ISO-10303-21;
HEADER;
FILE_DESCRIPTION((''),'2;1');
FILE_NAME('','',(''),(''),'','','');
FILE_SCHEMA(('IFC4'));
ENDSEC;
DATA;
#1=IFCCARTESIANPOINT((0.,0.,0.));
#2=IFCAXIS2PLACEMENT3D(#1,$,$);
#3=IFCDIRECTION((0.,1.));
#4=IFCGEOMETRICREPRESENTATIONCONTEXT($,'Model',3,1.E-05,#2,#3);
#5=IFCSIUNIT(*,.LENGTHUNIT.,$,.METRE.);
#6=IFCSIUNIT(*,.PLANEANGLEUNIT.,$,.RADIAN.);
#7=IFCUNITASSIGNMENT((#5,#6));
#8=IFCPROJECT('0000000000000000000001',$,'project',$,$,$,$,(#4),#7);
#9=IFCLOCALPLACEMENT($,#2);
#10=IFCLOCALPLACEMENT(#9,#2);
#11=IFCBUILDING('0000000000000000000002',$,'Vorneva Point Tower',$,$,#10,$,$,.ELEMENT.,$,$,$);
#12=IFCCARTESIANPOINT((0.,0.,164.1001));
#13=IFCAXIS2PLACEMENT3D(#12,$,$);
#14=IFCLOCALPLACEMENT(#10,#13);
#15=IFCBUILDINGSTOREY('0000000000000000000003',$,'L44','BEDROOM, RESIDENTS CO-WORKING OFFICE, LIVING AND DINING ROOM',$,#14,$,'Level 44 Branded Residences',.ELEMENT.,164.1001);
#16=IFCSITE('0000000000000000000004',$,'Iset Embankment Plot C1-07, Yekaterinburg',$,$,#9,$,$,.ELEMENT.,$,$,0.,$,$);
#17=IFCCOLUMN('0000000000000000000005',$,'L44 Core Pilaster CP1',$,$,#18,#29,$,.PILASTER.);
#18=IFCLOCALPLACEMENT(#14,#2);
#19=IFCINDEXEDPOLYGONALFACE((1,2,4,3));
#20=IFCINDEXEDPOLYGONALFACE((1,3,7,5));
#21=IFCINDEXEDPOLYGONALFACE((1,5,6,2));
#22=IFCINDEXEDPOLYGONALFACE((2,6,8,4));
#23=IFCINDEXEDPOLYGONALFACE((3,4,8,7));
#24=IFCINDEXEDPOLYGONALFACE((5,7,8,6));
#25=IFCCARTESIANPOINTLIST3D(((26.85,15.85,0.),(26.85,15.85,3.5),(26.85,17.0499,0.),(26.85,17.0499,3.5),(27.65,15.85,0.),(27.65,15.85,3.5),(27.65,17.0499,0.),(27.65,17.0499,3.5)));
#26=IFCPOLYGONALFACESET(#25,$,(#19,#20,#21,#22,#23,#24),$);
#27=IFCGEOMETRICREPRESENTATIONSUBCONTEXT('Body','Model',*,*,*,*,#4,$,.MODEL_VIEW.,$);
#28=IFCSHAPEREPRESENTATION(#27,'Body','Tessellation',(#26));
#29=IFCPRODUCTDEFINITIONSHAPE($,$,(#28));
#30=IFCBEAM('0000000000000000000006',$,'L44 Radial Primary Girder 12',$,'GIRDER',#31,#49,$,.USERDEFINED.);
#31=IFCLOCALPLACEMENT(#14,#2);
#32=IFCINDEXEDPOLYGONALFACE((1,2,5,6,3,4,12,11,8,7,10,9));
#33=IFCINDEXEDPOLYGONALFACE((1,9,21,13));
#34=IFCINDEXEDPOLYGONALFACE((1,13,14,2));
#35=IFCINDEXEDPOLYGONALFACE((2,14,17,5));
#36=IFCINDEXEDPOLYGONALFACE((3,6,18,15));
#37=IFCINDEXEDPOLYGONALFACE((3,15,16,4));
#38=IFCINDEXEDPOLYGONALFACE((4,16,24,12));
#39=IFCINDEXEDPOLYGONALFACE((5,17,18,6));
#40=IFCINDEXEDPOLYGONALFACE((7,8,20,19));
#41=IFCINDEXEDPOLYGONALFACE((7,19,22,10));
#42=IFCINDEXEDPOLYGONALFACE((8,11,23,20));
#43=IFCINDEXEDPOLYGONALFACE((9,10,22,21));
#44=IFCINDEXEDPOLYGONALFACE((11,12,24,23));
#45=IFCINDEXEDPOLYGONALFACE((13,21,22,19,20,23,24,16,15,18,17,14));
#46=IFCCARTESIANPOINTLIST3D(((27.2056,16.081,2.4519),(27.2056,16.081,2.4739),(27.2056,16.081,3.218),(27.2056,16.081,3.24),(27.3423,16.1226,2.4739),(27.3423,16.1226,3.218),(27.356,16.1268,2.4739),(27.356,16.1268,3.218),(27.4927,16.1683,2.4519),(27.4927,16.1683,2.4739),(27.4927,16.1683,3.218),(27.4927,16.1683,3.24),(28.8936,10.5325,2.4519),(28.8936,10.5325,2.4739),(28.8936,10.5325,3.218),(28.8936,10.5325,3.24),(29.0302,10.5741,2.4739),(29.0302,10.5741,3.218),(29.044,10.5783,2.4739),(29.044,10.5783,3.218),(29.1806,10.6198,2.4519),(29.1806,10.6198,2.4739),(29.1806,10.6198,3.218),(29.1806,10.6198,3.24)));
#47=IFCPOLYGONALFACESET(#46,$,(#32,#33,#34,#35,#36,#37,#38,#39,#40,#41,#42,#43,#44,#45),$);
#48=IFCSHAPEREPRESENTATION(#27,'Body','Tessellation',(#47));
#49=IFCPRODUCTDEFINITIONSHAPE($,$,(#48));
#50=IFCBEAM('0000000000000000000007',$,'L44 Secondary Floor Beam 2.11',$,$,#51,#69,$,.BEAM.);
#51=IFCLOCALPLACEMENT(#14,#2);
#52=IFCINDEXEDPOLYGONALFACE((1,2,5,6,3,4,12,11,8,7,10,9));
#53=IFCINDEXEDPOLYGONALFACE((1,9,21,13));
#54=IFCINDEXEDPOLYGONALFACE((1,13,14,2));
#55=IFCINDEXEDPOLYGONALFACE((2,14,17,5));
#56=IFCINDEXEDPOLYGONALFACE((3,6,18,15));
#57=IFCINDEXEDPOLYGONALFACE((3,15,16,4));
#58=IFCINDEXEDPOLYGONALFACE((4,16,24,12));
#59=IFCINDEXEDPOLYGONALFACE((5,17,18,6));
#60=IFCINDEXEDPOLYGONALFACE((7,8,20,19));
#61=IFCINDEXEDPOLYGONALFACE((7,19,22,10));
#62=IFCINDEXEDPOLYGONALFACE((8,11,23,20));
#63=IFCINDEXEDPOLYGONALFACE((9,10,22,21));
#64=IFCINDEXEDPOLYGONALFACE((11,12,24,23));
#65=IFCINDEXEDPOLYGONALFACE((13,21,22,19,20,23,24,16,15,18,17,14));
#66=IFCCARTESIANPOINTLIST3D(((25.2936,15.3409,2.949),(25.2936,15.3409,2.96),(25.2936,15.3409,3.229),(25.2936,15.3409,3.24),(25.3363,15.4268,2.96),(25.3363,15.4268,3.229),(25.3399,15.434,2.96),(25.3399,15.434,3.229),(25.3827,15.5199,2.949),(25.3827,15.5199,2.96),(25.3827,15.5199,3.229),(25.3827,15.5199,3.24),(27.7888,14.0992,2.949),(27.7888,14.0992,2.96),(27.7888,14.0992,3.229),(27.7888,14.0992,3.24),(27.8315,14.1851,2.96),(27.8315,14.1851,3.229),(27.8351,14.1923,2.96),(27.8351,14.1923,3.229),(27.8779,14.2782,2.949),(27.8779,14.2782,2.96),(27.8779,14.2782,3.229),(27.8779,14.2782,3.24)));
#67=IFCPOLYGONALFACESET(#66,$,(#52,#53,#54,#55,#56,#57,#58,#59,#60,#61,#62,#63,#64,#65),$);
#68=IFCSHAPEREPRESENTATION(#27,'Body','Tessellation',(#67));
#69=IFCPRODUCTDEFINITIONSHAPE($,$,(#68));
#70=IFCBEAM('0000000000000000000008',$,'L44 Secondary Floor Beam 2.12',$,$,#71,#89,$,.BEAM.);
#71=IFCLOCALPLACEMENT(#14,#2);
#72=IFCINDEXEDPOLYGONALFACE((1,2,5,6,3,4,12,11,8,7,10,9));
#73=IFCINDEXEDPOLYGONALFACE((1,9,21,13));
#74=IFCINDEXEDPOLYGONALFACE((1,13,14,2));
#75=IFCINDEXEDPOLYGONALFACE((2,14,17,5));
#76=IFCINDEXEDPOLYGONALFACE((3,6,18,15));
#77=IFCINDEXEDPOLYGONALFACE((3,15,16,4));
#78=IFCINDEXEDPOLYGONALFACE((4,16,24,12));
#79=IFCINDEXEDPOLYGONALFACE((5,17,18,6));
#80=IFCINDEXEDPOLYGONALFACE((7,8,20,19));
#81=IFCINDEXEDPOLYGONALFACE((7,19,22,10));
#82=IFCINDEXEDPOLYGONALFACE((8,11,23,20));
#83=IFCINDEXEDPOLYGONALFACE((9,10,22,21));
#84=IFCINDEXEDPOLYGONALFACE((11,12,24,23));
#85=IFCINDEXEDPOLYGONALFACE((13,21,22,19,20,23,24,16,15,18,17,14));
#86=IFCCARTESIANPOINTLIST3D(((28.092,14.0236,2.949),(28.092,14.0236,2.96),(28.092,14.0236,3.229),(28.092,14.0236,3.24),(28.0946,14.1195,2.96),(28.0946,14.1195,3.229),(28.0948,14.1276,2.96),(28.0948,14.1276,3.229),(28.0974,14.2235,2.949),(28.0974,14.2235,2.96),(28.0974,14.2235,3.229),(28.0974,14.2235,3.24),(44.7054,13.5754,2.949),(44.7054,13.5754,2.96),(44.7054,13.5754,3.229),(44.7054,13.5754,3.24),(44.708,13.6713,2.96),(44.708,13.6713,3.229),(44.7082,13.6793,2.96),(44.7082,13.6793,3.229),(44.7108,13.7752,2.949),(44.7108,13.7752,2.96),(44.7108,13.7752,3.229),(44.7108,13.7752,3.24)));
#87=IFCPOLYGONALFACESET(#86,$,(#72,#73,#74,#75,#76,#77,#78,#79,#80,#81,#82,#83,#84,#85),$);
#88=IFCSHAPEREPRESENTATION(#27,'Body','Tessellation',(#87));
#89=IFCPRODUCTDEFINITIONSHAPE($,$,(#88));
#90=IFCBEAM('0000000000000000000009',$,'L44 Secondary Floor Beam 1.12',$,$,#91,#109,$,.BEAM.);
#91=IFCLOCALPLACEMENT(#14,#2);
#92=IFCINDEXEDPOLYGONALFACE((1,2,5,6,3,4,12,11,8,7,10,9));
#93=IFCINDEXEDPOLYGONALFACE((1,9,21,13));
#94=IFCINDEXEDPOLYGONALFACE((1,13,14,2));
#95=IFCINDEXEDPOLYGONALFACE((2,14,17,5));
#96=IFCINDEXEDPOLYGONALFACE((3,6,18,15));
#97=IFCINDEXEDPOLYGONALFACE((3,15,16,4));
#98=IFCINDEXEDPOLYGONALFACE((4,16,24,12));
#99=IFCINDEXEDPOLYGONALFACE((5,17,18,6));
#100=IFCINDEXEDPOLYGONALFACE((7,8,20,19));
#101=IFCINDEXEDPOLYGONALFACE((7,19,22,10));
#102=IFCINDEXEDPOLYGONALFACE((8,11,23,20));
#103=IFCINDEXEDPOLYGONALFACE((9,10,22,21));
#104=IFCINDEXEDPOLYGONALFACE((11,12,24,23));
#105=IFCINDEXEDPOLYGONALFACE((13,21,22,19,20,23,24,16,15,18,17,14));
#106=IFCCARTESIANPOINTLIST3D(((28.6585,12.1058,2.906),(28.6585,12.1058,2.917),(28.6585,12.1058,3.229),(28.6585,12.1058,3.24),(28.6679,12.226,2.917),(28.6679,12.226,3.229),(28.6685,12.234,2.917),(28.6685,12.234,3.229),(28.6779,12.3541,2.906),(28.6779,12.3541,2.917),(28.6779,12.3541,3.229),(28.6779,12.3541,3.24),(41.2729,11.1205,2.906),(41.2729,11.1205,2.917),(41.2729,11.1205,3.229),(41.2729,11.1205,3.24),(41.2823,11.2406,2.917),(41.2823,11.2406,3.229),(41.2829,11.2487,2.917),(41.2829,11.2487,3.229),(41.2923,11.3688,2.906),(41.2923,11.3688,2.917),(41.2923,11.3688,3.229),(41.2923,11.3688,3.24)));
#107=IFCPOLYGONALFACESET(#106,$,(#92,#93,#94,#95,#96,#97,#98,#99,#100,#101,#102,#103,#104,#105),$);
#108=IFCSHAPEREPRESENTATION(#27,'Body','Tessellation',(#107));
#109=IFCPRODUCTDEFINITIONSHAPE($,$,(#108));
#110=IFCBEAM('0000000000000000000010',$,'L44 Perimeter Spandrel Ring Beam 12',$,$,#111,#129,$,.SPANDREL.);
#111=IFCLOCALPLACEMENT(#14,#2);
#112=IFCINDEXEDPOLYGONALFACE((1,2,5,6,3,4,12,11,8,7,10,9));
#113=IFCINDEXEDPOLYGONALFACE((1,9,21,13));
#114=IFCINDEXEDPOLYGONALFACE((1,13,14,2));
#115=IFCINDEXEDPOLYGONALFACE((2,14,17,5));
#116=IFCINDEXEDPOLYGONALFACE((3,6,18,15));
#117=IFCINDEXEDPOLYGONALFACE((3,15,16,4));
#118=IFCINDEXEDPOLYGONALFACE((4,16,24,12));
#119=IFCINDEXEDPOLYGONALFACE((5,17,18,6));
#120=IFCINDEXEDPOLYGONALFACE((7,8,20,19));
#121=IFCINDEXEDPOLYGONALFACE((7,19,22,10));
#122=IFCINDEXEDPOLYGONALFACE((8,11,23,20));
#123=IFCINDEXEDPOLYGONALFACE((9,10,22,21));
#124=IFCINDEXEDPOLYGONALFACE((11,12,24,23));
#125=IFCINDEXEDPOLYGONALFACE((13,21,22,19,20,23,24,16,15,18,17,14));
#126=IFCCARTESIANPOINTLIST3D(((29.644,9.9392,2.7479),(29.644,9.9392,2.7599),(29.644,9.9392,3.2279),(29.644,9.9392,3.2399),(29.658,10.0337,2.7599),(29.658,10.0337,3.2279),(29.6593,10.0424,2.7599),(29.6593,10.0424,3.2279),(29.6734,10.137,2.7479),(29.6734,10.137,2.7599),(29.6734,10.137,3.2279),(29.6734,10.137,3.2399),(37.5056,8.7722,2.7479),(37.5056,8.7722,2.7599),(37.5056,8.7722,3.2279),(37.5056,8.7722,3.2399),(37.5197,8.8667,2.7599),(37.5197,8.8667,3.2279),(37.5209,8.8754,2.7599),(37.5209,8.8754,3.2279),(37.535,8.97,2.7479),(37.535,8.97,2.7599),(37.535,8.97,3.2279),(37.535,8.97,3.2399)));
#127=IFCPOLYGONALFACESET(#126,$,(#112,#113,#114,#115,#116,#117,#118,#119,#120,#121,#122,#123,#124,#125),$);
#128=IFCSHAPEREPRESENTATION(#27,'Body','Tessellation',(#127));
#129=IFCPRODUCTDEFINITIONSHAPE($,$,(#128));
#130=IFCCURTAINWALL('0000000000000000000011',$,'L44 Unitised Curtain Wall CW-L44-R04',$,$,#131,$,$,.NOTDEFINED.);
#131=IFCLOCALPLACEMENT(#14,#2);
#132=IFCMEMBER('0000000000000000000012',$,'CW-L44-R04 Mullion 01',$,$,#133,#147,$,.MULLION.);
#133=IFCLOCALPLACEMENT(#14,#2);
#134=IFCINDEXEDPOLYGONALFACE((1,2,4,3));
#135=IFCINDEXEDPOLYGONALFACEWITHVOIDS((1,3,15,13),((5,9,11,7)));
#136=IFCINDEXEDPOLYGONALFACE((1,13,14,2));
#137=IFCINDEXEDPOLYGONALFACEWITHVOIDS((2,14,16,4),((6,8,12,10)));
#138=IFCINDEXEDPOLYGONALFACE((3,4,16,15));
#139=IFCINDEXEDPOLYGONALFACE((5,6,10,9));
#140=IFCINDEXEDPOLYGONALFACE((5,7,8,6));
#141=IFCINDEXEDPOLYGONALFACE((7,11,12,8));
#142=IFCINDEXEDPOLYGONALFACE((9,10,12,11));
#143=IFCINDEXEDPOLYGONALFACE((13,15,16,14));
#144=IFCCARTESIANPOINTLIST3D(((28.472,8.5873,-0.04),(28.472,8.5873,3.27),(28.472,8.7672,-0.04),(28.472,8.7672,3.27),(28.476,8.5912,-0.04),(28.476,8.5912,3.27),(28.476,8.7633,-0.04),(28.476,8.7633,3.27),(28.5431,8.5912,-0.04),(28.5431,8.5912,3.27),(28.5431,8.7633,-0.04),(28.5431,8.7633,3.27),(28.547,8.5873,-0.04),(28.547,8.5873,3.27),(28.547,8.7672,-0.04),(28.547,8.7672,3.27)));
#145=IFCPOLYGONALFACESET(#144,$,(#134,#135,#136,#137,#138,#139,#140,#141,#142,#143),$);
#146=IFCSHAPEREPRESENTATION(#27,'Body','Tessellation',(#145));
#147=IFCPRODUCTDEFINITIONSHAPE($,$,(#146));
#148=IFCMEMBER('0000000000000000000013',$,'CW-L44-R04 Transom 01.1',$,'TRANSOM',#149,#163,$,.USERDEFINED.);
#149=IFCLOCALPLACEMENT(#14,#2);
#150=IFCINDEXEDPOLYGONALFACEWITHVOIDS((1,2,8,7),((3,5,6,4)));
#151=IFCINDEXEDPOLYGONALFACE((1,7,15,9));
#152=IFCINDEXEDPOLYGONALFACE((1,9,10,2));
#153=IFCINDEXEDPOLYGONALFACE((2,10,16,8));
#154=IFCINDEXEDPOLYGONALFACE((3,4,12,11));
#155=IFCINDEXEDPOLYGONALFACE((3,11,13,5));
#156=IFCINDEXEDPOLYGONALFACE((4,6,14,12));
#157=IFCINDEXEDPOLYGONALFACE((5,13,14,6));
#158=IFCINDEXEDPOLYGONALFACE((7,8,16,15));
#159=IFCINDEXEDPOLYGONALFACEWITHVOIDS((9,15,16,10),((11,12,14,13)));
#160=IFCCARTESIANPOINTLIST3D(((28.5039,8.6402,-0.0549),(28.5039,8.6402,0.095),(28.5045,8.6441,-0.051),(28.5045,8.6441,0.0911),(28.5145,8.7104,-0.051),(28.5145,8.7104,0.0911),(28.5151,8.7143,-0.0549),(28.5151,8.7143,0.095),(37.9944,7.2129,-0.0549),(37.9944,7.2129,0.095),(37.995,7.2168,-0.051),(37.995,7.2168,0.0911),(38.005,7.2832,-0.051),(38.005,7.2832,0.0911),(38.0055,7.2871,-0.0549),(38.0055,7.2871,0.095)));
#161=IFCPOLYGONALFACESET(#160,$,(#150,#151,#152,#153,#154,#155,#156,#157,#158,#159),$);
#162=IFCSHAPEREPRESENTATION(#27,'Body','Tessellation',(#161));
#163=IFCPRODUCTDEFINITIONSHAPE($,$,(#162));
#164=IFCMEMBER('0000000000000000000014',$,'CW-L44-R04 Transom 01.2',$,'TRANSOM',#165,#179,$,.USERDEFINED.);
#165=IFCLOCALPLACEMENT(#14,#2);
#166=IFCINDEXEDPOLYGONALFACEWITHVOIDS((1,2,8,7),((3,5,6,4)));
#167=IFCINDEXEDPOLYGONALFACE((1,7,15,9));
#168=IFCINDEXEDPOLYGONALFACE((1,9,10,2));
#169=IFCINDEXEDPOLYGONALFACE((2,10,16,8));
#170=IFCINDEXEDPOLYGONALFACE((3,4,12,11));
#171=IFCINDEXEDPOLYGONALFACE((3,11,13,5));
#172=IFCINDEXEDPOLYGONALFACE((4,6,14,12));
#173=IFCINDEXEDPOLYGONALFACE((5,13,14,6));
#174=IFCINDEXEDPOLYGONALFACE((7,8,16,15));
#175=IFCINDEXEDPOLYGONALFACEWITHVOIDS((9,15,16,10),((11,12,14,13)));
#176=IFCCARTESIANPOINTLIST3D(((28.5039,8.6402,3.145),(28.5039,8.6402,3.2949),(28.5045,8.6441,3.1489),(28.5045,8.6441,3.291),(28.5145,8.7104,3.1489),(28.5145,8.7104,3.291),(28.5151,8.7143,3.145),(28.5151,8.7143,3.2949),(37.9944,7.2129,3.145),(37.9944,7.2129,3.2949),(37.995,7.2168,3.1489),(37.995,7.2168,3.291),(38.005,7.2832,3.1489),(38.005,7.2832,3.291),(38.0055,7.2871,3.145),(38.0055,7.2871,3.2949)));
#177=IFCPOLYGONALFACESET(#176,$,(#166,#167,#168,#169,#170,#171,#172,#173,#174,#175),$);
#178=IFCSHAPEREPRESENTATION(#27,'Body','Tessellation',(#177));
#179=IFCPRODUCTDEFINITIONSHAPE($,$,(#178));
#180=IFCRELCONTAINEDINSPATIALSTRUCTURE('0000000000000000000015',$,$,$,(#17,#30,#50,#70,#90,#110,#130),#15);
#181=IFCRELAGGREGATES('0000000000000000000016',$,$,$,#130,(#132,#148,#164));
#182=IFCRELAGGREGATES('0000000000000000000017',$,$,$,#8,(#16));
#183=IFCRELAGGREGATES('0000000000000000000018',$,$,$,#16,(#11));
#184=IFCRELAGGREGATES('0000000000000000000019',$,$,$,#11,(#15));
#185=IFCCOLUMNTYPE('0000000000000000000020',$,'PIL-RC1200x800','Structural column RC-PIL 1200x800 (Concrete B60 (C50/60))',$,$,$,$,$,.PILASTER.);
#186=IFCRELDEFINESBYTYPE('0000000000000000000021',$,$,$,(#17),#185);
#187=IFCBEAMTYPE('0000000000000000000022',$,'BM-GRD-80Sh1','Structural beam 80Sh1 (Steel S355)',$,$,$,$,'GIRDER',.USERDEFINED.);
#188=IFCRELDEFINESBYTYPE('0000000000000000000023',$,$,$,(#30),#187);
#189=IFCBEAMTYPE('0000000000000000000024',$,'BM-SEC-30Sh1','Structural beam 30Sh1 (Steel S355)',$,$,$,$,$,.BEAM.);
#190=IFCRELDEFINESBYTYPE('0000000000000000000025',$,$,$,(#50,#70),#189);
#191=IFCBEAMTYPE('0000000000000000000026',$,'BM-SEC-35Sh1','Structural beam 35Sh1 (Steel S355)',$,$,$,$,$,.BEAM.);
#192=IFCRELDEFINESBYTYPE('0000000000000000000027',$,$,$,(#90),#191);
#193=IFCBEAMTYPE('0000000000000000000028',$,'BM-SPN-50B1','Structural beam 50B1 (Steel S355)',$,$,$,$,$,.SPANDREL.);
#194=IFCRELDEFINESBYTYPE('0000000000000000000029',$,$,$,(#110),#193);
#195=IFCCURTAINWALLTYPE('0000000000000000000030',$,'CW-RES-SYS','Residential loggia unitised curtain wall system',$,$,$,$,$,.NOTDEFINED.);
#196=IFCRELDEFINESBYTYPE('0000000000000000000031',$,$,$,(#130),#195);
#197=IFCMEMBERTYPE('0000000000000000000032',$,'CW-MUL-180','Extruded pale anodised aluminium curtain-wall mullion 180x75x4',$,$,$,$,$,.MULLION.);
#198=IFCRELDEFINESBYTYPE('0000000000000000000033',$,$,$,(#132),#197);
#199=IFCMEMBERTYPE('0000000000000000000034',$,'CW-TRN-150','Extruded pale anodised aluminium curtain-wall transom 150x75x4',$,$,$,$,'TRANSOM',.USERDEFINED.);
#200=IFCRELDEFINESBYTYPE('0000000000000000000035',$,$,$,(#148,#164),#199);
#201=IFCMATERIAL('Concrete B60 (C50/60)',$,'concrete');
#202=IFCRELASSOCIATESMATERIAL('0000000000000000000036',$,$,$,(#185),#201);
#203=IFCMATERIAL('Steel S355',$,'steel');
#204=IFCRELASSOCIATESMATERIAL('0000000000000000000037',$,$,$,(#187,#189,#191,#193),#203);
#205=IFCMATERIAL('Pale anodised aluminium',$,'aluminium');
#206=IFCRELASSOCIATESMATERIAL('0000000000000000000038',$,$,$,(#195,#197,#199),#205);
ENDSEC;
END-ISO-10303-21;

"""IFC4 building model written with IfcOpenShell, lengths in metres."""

from ifc_helpers import new_model, si_unit, direction, frame, origin, origin_2d, place, context, subcontext, project, spatial, rectangle, hollow_rectangle, i_section, extrude, material, material_profile, profile_set, type_object, element, aggregate, save


model = new_model("IFC4")

# Units and contexts
model_context = context("Model", 3, precision=1e-05, world=origin(), true_north=direction((0.0, 1.0)))
body_context = subcontext(model_context, "Body", "Model", "MODEL_VIEW")
ifc_project = project(units=[si_unit("LENGTHUNIT", "METRE"), si_unit("PLANEANGLEUNIT", "RADIAN")], contexts=[model_context])

# Site, building, storey
site_placement = place(None, origin())
site = spatial("IfcSite", under=ifc_project, at=site_placement, Name="Iset Embankment Plot C1-07, Yekaterinburg", CompositionType="ELEMENT", RefElevation=0.0)
building_placement = place(site_placement, origin())
building = spatial("IfcBuilding", under=site, at=building_placement, Name="Vorneva Point Tower", CompositionType="ELEMENT")
storey_placement = place(building_placement, frame((0.0, 0.0, 164.1001)))
storey = spatial("IfcBuildingStorey", under=building, at=storey_placement, Name="L44", Description="BEDROOM, RESIDENTS CO-WORKING OFFICE, LIVING AND DINING ROOM", LongName="Level 44 Branded Residences", CompositionType="ELEMENT", Elevation=164.1001)

# Column
ifc_material_1 = material(Name="Concrete B60 (C50/60)", Category="concrete")
ifc_material_profile_1 = material_profile(ifc_material_1, rectangle(XDim=0.8, YDim=1.2, at=origin_2d()), Name="RC-PIL 1200x800")
ifc_profile_set_1 = profile_set([ifc_material_profile_1], Name="Concrete B60 (C50/60)")
column_type_1 = type_object("IfcColumnType", Name="PIL-RC1200x800", Description="Structural column RC-PIL 1200x800 (Concrete B60 (C50/60))", PredefinedType="PILASTER", material=ifc_profile_set_1)
column_1_placement = place(storey_placement, frame((27.25, 16.45, 0.0), z_axis=(0.0, 0.0, 1.0), x_axis=(1.0, 0.0, 0.0)))
element("IfcColumn", 1, at=column_1_placement, inside=storey, type_object=column_type_1, Name="L44 Core Pilaster CP1", PredefinedType="PILASTER", context=body_context, shape_type="SweptSolid", body=[
    extrude(rectangle(XDim=0.8, YDim=1.2, at=origin_2d()), origin(), (0.0, 0.0, 1.0), 3.5),
])

# Beams
ifc_material_2 = material(Name="Steel S355", Category="steel")
ifc_material_profile_2 = material_profile(ifc_material_2, i_section(OverallWidth=0.3, OverallDepth=0.7881, WebThickness=0.0144, FlangeThickness=0.022, at=origin_2d()), Name="80Sh1")
ifc_profile_set_2 = profile_set([ifc_material_profile_2], Name="Steel S355")
beam_type_1 = type_object("IfcBeamType", Name="BM-GRD-80Sh1", Description="Structural beam 80Sh1 (Steel S355)", ElementType="GIRDER", PredefinedType="USERDEFINED", material=ifc_profile_set_2)
beam_1_placement = place(storey_placement, frame((29.0371, 10.5762, 2.8459), z_axis=(-0.291049, 0.956708, 0.0), x_axis=(-0.956708, -0.291049, 0.0)))
element("IfcBeam", 2, at=beam_1_placement, inside=storey, type_object=beam_type_1, Name="L44 Radial Primary Girder 12", ObjectType="GIRDER", PredefinedType="USERDEFINED", context=body_context, shape_type="SweptSolid", body=[
    extrude(i_section(OverallWidth=0.3, OverallDepth=0.7881, WebThickness=0.0144, FlangeThickness=0.022, at=origin_2d()), origin(), (0.0, 0.0, 1.0), 5.7996),
])
ifc_material_profile_3 = material_profile(ifc_material_2, i_section(OverallWidth=0.2, OverallDepth=0.291, WebThickness=0.0081, FlangeThickness=0.011, at=origin_2d()), Name="30Sh1")
ifc_profile_set_3 = profile_set([ifc_material_profile_3], Name="Steel S355")
beam_type_2 = type_object("IfcBeamType", Name="BM-SEC-30Sh1", Description="Structural beam 30Sh1 (Steel S355)", PredefinedType="BEAM", material=ifc_profile_set_3)
beam_2_placement = place(storey_placement, frame((25.3381, 15.4304, 3.0945), z_axis=(0.895267, -0.445531, 0.0), x_axis=(0.445531, 0.895267, 0.0)))
element("IfcBeam", 3, at=beam_2_placement, inside=storey, type_object=beam_type_2, Name="L44 Secondary Floor Beam 2.11", PredefinedType="BEAM", context=body_context, shape_type="SweptSolid", body=[
    extrude(i_section(OverallWidth=0.2, OverallDepth=0.291, WebThickness=0.0081, FlangeThickness=0.011, at=origin_2d()), origin(), (0.0, 0.0, 1.0), 2.7871),
])
beam_3_placement = place(storey_placement, frame((28.0947, 14.1235, 3.0945), z_axis=(0.999636, -0.026971, 0.0), x_axis=(0.026971, 0.999636, 0.0)))
element("IfcBeam", 4, at=beam_3_placement, inside=storey, type_object=beam_type_2, Name="L44 Secondary Floor Beam 2.12", PredefinedType="BEAM", context=body_context, shape_type="SweptSolid", body=[
    extrude(i_section(OverallWidth=0.2, OverallDepth=0.291, WebThickness=0.0081, FlangeThickness=0.011, at=origin_2d()), origin(), (0.0, 0.0, 1.0), 16.6194),
])
ifc_material_profile_4 = material_profile(ifc_material_2, i_section(OverallWidth=0.249, OverallDepth=0.334, WebThickness=0.0081, FlangeThickness=0.011, at=origin_2d()), Name="35Sh1")
ifc_profile_set_4 = profile_set([ifc_material_profile_4], Name="Steel S355")
beam_type_3 = type_object("IfcBeamType", Name="BM-SEC-35Sh1", Description="Structural beam 35Sh1 (Steel S355)", PredefinedType="BEAM", material=ifc_profile_set_4)
beam_4_placement = place(storey_placement, frame((28.6682, 12.23, 3.073), z_axis=(0.996963, -0.077875, 0.0), x_axis=(0.077875, 0.996963, 0.0)))
element("IfcBeam", 5, at=beam_4_placement, inside=storey, type_object=beam_type_3, Name="L44 Secondary Floor Beam 1.12", PredefinedType="BEAM", context=body_context, shape_type="SweptSolid", body=[
    extrude(i_section(OverallWidth=0.249, OverallDepth=0.334, WebThickness=0.0081, FlangeThickness=0.011, at=origin_2d()), origin(), (0.0, 0.0, 1.0), 12.6528),
])
ifc_material_profile_5 = material_profile(ifc_material_2, i_section(OverallWidth=0.2, OverallDepth=0.4919, WebThickness=0.0088, FlangeThickness=0.012, at=origin_2d()), Name="50B1")
ifc_profile_set_5 = profile_set([ifc_material_profile_5], Name="Steel S355")
beam_type_4 = type_object("IfcBeamType", Name="BM-SPN-50B1", Description="Structural beam 50B1 (Steel S355)", PredefinedType="SPANDREL", material=ifc_profile_set_5)
beam_5_placement = place(storey_placement, frame((29.6587, 10.0381, 2.9939), z_axis=(0.989161, -0.146834, 0.0), x_axis=(0.146834, 0.989161, 0.0)))
element("IfcBeam", 6, at=beam_5_placement, inside=storey, type_object=beam_type_4, Name="L44 Perimeter Spandrel Ring Beam 12", PredefinedType="SPANDREL", context=body_context, shape_type="SweptSolid", body=[
    extrude(i_section(OverallWidth=0.2, OverallDepth=0.4919, WebThickness=0.0088, FlangeThickness=0.012, at=origin_2d()), origin(), (0.0, 0.0, 1.0), 7.9478),
])

# Curtain wall, members
ifc_material_3 = material(Name="Pale anodised aluminium", Category="aluminium")
curtain_wall_type = type_object("IfcCurtainWallType", Name="CW-RES-SYS", Description="Residential loggia unitised curtain wall system", PredefinedType="NOTDEFINED", material=ifc_material_3)
curtain_wall_placement = place(storey_placement, origin())
curtain_wall = element("IfcCurtainWall", 7, at=curtain_wall_placement, inside=storey, type_object=curtain_wall_type, Name="L44 Unitised Curtain Wall CW-L44-R04", PredefinedType="NOTDEFINED")
ifc_material_profile_6 = material_profile(ifc_material_3, hollow_rectangle(XDim=0.075, YDim=0.1799, WallThickness=0.0039, at=origin_2d()), Name="AL-MUL 180x75x4")
ifc_profile_set_6 = profile_set([ifc_material_profile_6], Name="Pale anodised aluminium")
member_type_1 = type_object("IfcMemberType", Name="CW-MUL-180", Description="Extruded pale anodised aluminium curtain-wall mullion 180x75x4", PredefinedType="MULLION", material=ifc_profile_set_6)
member_1_placement = place(storey_placement, frame((28.5095, 8.6772, -0.04), z_axis=(0.0, 0.0, 1.0), x_axis=(1.0, 0.0, 0.0)))
member_1 = element("IfcMember", 8, at=member_1_placement, type_object=member_type_1, Name="CW-L44-R04 Mullion 01", PredefinedType="MULLION", context=body_context, shape_type="SweptSolid", body=[
    extrude(hollow_rectangle(XDim=0.075, YDim=0.1799, WallThickness=0.0039, at=origin_2d()), origin(), (0.0, 0.0, 1.0), 3.3101),
])
ifc_material_profile_7 = material_profile(ifc_material_3, hollow_rectangle(XDim=0.075, YDim=0.1499, WallThickness=0.0039, at=origin_2d()), Name="AL-TRN 150x75x4")
ifc_profile_set_7 = profile_set([ifc_material_profile_7], Name="Pale anodised aluminium")
member_type_2 = type_object("IfcMemberType", Name="CW-TRN-150", Description="Extruded pale anodised aluminium curtain-wall transom 150x75x4", ElementType="TRANSOM", PredefinedType="USERDEFINED", material=ifc_profile_set_7)
member_2_placement = place(storey_placement, frame((28.5095, 8.6772, 0.02), z_axis=(0.98888, -0.148715, 0.0), x_axis=(0.148715, 0.98888, 0.0)))
member_2 = element("IfcMember", 9, at=member_2_placement, type_object=member_type_2, Name="CW-L44-R04 Transom 01.1", ObjectType="TRANSOM", PredefinedType="USERDEFINED", context=body_context, shape_type="SweptSolid", body=[
    extrude(hollow_rectangle(XDim=0.075, YDim=0.1499, WallThickness=0.0039, at=origin_2d()), origin(), (0.0, 0.0, 1.0), 9.5972),
])
member_3_placement = place(storey_placement, frame((28.5095, 8.6772, 3.22), z_axis=(0.98888, -0.148715, 0.0), x_axis=(0.148715, 0.98888, 0.0)))
member_3 = element("IfcMember", 10, at=member_3_placement, type_object=member_type_2, Name="CW-L44-R04 Transom 01.2", ObjectType="TRANSOM", PredefinedType="USERDEFINED", context=body_context, shape_type="SweptSolid", body=[
    extrude(hollow_rectangle(XDim=0.075, YDim=0.1499, WallThickness=0.0039, at=origin_2d()), origin(), (0.0, 0.0, 1.0), 9.5972),
])
aggregate(curtain_wall, [member_1, member_2, member_3])

save(model, "model.ifc")
